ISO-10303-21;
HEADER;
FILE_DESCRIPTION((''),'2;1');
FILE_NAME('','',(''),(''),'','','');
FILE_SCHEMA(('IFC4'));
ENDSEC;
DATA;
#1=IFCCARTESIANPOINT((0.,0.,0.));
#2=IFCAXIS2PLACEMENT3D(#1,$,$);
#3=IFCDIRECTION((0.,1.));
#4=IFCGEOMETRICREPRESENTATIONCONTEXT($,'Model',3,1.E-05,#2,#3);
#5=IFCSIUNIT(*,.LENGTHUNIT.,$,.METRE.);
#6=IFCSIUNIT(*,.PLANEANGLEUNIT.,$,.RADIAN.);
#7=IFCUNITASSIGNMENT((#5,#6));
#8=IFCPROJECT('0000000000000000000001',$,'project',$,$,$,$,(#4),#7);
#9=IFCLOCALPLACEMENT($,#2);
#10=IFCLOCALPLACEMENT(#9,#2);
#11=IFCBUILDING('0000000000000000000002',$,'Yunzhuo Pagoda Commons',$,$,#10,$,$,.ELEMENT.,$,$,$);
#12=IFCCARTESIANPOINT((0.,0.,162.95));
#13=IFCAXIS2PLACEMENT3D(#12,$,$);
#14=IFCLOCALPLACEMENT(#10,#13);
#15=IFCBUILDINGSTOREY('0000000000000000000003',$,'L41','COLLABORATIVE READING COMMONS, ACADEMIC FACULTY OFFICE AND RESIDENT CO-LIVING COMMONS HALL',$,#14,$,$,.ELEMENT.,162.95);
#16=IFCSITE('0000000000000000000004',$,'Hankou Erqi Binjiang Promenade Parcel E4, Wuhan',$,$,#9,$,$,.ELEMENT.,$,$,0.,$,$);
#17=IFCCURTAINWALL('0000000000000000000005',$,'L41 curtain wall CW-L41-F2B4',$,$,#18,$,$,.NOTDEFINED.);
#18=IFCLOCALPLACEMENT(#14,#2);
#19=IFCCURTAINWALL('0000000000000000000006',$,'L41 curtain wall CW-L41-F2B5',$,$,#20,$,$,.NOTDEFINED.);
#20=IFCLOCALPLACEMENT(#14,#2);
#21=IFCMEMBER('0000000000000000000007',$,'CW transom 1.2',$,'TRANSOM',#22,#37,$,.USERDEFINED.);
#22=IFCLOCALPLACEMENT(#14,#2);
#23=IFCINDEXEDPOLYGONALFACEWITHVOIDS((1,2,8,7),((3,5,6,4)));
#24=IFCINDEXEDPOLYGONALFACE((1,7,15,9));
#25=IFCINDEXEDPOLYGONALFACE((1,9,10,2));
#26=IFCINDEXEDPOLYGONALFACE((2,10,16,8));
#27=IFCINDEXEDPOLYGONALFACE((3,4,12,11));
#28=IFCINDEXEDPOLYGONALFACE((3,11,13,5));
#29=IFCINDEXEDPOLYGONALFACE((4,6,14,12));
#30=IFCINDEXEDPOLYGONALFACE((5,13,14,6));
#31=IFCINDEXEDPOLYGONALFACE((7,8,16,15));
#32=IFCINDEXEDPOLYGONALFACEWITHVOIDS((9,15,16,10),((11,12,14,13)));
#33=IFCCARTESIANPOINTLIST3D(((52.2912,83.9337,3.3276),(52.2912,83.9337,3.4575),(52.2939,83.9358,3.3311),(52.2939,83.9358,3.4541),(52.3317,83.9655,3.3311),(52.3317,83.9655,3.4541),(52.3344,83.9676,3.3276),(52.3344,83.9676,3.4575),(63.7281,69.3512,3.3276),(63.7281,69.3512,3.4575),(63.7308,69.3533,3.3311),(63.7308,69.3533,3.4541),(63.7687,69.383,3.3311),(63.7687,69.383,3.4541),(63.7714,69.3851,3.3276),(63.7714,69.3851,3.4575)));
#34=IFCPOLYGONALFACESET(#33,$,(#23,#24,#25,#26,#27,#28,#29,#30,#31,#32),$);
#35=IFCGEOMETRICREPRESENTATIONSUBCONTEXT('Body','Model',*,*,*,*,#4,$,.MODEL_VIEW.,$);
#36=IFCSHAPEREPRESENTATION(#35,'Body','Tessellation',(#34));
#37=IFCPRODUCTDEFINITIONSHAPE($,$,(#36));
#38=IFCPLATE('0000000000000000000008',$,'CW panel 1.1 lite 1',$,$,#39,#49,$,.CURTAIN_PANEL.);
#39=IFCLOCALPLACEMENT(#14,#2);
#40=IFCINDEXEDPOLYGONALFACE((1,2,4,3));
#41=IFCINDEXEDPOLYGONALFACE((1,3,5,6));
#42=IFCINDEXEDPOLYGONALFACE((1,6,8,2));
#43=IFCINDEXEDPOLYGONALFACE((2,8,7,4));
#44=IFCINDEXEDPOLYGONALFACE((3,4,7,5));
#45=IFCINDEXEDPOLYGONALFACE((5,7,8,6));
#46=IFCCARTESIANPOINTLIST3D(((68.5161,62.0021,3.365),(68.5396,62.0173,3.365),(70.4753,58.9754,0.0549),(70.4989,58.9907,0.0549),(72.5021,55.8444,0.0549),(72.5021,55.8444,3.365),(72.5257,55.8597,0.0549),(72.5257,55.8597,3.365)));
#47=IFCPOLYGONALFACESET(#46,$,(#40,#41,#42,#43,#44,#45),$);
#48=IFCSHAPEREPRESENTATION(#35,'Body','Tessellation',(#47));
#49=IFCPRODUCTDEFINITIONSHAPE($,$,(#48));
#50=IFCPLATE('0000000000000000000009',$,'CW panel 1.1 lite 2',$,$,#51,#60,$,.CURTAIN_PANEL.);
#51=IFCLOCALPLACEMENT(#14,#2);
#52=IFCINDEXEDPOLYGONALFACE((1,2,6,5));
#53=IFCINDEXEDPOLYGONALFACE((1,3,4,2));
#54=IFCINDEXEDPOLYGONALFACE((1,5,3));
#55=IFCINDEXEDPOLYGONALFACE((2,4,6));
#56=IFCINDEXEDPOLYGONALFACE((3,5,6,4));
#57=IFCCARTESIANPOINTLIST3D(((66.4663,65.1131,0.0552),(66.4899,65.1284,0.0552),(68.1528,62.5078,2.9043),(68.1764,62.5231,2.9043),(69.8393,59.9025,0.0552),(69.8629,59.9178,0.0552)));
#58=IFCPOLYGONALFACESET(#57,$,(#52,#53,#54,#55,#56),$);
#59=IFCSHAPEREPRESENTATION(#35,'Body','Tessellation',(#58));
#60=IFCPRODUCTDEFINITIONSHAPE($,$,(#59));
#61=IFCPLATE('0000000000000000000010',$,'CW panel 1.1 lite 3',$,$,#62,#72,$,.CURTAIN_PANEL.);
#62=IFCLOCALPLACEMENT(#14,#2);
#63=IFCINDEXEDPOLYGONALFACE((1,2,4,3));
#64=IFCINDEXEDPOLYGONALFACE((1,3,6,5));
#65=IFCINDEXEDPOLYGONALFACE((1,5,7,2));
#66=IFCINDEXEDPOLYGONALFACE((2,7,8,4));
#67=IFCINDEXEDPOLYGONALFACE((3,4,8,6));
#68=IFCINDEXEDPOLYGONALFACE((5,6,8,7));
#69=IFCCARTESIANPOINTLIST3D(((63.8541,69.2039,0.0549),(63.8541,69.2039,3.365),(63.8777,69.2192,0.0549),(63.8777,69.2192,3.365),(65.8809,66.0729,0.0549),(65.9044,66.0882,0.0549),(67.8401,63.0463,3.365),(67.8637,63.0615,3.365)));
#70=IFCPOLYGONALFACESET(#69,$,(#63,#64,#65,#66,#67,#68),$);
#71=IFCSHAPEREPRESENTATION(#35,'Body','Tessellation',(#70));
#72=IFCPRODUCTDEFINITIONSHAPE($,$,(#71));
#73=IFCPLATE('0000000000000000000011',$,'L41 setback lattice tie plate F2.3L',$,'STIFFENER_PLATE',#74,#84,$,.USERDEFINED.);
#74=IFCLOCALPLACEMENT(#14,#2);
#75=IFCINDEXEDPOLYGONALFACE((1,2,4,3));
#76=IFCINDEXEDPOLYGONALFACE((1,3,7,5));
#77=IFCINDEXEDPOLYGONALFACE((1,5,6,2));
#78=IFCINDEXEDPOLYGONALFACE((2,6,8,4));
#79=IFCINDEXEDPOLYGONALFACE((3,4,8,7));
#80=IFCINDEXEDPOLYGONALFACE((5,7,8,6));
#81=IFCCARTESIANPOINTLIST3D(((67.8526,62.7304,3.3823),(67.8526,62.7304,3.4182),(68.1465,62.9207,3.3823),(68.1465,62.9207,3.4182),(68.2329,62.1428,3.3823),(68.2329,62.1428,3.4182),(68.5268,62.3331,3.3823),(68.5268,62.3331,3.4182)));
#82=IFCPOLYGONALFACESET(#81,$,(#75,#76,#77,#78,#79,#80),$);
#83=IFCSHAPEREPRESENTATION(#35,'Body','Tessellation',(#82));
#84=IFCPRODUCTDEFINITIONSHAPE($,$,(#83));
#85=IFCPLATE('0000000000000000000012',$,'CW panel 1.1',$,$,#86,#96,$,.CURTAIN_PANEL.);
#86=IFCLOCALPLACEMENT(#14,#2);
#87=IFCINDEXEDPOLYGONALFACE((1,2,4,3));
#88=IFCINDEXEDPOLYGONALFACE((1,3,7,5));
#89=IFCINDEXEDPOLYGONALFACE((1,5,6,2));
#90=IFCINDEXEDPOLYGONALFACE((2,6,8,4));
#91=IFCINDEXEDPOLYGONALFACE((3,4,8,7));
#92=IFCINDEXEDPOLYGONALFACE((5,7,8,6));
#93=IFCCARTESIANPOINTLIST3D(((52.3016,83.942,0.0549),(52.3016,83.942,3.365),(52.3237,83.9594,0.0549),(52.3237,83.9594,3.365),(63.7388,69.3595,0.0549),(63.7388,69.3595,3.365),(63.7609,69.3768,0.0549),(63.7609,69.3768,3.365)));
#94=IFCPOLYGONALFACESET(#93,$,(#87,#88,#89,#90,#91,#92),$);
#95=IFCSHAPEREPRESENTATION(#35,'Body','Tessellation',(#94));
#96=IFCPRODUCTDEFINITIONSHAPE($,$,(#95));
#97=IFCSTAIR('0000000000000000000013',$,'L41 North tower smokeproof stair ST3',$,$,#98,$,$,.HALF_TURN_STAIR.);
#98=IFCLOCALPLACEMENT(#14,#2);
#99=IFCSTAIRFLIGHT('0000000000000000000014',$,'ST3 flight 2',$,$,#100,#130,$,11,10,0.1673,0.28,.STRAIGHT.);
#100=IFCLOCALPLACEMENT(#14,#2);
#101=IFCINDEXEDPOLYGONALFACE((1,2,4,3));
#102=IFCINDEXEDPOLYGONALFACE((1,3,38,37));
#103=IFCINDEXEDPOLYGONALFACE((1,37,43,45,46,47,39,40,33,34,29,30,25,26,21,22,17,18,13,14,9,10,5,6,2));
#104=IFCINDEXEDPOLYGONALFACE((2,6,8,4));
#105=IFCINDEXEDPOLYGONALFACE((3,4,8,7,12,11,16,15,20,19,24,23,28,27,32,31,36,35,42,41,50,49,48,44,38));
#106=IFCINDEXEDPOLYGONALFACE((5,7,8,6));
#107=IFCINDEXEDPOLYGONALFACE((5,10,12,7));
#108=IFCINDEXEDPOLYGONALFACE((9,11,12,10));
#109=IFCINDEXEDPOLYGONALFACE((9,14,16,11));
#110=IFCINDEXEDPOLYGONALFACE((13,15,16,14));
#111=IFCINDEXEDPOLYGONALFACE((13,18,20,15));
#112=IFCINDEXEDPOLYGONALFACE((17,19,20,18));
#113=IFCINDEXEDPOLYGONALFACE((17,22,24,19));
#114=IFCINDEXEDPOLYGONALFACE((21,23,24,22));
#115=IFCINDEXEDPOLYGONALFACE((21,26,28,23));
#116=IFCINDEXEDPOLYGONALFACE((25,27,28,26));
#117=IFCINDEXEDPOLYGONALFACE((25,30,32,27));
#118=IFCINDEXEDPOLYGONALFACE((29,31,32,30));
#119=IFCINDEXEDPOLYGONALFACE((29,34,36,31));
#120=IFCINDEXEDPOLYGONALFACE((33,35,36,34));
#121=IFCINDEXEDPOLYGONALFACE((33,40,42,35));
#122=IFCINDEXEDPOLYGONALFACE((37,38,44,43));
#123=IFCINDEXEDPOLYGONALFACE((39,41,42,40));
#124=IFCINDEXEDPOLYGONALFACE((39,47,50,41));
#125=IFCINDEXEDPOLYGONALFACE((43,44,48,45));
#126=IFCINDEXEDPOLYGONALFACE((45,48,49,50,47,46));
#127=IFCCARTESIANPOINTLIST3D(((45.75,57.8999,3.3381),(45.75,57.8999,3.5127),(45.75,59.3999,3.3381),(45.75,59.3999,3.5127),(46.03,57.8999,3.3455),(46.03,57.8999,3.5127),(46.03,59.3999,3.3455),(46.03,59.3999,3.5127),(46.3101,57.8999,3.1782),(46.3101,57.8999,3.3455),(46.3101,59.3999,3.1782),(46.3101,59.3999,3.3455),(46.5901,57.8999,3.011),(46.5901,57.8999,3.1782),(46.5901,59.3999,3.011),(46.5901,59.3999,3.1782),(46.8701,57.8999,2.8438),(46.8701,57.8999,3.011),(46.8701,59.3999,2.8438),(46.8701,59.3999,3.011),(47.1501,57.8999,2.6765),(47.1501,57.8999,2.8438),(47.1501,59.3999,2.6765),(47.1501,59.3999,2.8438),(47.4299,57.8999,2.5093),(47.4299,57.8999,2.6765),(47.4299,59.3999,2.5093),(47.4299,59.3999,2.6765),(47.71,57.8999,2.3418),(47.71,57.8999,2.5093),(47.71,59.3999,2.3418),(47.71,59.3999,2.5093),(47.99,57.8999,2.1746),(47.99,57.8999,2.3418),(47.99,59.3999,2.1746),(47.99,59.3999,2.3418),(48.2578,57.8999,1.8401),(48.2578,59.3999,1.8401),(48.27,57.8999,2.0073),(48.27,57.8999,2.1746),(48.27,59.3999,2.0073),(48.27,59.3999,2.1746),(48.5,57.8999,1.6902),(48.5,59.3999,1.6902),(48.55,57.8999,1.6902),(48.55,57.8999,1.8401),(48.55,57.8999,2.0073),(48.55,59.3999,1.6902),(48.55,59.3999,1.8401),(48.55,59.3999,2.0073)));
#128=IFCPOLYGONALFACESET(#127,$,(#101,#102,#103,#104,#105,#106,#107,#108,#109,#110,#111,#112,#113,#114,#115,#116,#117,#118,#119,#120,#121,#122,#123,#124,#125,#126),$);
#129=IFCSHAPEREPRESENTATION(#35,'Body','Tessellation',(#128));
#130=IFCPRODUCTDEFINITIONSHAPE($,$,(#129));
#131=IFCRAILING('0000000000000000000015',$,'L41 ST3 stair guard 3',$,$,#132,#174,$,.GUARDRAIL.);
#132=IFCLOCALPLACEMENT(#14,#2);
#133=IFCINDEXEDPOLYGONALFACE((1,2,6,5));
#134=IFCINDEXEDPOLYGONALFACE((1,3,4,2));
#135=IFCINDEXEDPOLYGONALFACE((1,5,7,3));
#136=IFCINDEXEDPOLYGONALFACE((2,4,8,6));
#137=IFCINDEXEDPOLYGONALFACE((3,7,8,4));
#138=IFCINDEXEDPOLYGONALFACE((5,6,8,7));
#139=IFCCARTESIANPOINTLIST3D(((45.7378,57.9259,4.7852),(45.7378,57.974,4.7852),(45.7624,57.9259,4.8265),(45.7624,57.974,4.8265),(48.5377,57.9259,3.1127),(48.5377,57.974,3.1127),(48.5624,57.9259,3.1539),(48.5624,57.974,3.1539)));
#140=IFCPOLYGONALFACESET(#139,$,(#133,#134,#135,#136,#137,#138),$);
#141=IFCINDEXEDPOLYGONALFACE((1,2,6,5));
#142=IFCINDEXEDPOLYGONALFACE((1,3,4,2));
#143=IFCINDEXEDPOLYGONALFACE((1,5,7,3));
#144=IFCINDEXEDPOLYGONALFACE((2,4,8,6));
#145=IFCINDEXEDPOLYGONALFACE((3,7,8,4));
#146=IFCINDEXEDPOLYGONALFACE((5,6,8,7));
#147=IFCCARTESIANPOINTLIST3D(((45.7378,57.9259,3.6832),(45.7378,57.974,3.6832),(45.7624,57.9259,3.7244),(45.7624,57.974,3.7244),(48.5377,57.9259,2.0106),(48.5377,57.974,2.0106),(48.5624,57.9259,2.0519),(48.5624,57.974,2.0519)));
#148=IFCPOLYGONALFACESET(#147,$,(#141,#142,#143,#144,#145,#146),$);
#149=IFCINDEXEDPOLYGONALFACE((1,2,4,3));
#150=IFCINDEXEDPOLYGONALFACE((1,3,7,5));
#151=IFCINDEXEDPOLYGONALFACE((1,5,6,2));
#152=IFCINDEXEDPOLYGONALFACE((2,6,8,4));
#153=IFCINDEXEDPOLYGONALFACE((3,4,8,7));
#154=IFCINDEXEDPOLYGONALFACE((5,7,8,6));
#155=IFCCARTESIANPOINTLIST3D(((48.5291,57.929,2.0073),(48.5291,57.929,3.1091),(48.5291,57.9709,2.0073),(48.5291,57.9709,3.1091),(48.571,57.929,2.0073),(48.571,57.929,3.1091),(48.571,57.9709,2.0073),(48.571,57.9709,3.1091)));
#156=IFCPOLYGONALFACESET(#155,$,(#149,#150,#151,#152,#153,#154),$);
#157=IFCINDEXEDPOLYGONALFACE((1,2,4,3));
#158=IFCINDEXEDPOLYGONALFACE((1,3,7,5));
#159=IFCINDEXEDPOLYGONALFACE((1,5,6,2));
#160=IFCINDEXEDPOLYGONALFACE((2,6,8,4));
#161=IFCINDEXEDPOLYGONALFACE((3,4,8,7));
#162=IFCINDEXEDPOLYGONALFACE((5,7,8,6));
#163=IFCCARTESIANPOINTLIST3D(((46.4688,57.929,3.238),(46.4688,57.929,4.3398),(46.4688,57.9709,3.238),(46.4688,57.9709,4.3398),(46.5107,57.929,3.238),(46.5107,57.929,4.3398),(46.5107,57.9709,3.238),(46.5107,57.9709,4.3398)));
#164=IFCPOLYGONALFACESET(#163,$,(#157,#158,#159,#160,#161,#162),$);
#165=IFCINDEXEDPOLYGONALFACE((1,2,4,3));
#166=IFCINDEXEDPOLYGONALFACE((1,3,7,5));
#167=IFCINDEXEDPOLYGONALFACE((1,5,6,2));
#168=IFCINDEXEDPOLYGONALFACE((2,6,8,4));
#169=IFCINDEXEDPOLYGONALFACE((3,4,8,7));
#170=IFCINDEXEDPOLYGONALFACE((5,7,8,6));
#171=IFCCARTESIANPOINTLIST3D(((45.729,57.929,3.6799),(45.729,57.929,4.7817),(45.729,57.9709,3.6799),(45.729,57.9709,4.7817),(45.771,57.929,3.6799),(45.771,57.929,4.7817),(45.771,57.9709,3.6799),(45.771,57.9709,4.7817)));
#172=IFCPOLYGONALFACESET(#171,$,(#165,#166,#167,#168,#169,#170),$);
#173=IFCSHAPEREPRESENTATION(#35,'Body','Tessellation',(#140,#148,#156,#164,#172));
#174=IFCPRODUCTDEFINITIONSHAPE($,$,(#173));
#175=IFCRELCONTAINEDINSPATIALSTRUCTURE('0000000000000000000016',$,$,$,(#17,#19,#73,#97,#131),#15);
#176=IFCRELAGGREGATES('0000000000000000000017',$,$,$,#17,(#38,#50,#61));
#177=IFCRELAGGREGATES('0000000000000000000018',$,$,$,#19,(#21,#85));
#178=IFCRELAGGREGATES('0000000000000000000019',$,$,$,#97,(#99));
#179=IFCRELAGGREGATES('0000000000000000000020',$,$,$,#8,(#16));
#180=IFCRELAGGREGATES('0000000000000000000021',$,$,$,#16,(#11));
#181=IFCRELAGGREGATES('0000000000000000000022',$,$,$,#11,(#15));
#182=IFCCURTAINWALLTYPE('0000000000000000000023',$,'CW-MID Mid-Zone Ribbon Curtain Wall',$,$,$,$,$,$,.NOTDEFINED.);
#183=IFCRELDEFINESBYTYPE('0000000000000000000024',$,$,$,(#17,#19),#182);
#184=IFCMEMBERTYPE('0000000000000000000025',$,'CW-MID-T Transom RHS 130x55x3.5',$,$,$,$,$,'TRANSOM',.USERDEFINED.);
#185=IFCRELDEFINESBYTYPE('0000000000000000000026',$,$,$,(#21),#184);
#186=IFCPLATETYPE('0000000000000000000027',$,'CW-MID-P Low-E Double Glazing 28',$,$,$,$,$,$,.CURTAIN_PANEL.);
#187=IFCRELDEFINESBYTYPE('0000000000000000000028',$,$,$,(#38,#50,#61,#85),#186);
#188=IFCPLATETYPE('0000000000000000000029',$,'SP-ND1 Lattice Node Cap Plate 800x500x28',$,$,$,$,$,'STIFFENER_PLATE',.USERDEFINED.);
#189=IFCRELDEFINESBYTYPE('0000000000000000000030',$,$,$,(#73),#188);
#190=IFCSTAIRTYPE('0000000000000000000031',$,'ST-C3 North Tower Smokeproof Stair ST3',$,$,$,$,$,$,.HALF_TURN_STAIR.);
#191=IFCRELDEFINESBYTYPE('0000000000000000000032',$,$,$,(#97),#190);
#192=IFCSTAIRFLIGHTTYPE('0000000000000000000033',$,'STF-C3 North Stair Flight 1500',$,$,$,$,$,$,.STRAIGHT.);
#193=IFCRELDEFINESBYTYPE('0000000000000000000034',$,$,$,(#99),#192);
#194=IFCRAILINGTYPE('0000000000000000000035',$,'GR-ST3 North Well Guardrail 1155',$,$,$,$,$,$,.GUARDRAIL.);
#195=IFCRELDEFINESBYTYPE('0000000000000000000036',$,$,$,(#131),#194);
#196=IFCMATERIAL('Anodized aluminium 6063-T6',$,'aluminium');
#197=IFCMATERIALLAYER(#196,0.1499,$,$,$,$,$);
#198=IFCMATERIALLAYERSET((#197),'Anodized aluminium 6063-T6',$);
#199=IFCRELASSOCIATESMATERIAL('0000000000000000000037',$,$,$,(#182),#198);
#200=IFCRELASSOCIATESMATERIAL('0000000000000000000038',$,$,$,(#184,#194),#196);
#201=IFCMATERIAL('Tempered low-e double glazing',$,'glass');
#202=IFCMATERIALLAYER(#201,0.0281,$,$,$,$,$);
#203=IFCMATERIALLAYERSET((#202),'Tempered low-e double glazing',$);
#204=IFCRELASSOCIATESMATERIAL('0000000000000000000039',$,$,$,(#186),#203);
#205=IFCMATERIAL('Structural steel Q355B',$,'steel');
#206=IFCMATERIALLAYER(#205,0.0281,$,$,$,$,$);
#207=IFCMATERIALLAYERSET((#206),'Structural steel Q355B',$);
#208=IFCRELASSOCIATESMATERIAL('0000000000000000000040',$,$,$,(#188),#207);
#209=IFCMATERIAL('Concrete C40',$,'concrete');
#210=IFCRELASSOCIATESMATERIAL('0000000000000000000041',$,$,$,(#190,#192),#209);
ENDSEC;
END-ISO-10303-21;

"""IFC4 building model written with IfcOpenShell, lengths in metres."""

from ifc_helpers import new_model, si_unit, direction, frame, origin, origin_2d, place, context, subcontext, project, spatial, polyline, rectangle, hollow_rectangle, outline, extrude, source, transform, mapped, material, layer, layer_set, material_profile, profile_set, type_object, element, aggregate, save


model = new_model("IFC4")

# Units and contexts
model_context = context("Model", 3, precision=1e-05, world=origin(), true_north=direction((0.0, 1.0)))
body_context = subcontext(model_context, "Body", "Model", "MODEL_VIEW")
ifc_project = project(units=[si_unit("LENGTHUNIT", "METRE"), si_unit("PLANEANGLEUNIT", "RADIAN")], contexts=[model_context])

# Site, building, storey
site_placement = place(None, origin())
site = spatial("IfcSite", under=ifc_project, at=site_placement, Name="Hankou Erqi Binjiang Promenade Parcel E4, Wuhan", CompositionType="ELEMENT", RefElevation=0.0)
building_placement = place(site_placement, origin())
building = spatial("IfcBuilding", under=site, at=building_placement, Name="Yunzhuo Pagoda Commons", CompositionType="ELEMENT")
storey_placement = place(building_placement, frame((0.0, 0.0, 162.95)))
storey = spatial("IfcBuildingStorey", under=building, at=storey_placement, Name="L41", Description="COLLABORATIVE READING COMMONS, ACADEMIC FACULTY OFFICE AND RESIDENT CO-LIVING COMMONS HALL", CompositionType="ELEMENT", Elevation=162.95)

# Shared definitions
ifc_material_1 = material(Name="Structural steel Q355B", Category="steel")

# Curtain wall
ifc_material_2 = material(Name="Anodized aluminium 6063-T6", Category="aluminium")
ifc_layer_1 = layer(ifc_material_2, 0.1499)
ifc_layer_set_1 = layer_set([ifc_layer_1], Name="Anodized aluminium 6063-T6")
curtain_wall_type = type_object("IfcCurtainWallType", Name="CW-MID Mid-Zone Ribbon Curtain Wall", PredefinedType="NOTDEFINED", material=ifc_layer_set_1)
curtain_wall_1_placement = place(storey_placement, origin())
curtain_wall_1 = element("IfcCurtainWall", 1, at=curtain_wall_1_placement, inside=storey, type_object=curtain_wall_type, Name="L41 curtain wall CW-L41-F2B4", PredefinedType="NOTDEFINED")

# Curtain wall, member
curtain_wall_2_placement = place(storey_placement, origin())
curtain_wall_2 = element("IfcCurtainWall", 2, at=curtain_wall_2_placement, inside=storey, type_object=curtain_wall_type, Name="L41 curtain wall CW-L41-F2B5", PredefinedType="NOTDEFINED")
ifc_material_profile_1 = material_profile(ifc_material_2, hollow_rectangle(XDim=0.0549, YDim=0.1299, WallThickness=0.0034, at=origin_2d()), Name="Anodized aluminium 6063-T6")
ifc_profile_set_1 = profile_set([ifc_material_profile_1], Name="Anodized aluminium 6063-T6")
member_type_1 = type_object("IfcMemberType", Name="CW-MID-T Transom RHS 130x55x3.5", ElementType="TRANSOM", PredefinedType="USERDEFINED", material=ifc_profile_set_1)
shared_shape_1 = source(origin(), body_context, "Body", "SweptSolid", [
    extrude(hollow_rectangle(XDim=0.0549, YDim=0.1299, WallThickness=0.0034, at=origin_2d()), origin(), (0.0, 0.0, 1.0), 18.5325),
])
member_1_placement = place(storey_placement, frame((63.7498, 69.3682, 3.3926), z_axis=(-0.617131, 0.78686, 0.0), x_axis=(-0.78686, -0.617131, 0.0)))
member_1 = element("IfcMember", 3, at=member_1_placement, type_object=member_type_1, Name="CW transom 1.2", ObjectType="TRANSOM", PredefinedType="USERDEFINED", context=body_context, shape_type="MappedRepresentation", body=[
    mapped(shared_shape_1, transform((0.0, 0.0, 0.0), scale=1.0)),
])

# Plates
ifc_material_3 = material(Name="Tempered low-e double glazing", Category="glass")
ifc_layer_2 = layer(ifc_material_3, 0.0281)
ifc_layer_set_2 = layer_set([ifc_layer_2], Name="Tempered low-e double glazing")
plate_type_1 = type_object("IfcPlateType", Name="CW-MID-P Low-E Double Glazing 28", PredefinedType="CURTAIN_PANEL", material=ifc_layer_set_2)
plate_1_placement = place(storey_placement, frame((70.509, 58.9233, 1.71), z_axis=(0.839466, 0.543412, 0.0), x_axis=(-0.543412, 0.839466, 0.0)))
plate_1 = element("IfcPlate", 4, at=plate_1_placement, type_object=plate_type_1, Name="CW panel 1.1 lite 1", PredefinedType="CURTAIN_PANEL", context=body_context, shape_type="SweptSolid", body=[
    extrude(outline(polyline([(-3.6677, -1.655), (0.062, -1.655), (3.6675, 1.655), (-3.6677, 1.655), (-3.6677, -1.655)])), origin(), (0.0, 0.0, 1.0), 0.0281),
])
plate_2_placement = place(storey_placement, frame((68.1528, 62.5078, 1.4797), z_axis=(0.839466, 0.543412, 0.0), x_axis=(-0.543412, 0.839466, 0.0)))
plate_2 = element("IfcPlate", 5, at=plate_2_placement, type_object=plate_type_1, Name="CW panel 1.1 lite 2", PredefinedType="CURTAIN_PANEL", context=body_context, shape_type="SweptSolid", body=[
    extrude(outline(polyline([(-3.1035, -1.4246), (3.1035, -1.4246), (0.0, 1.4246), (-3.1035, -1.4246)])), origin(), (0.0, 0.0, 1.0), 0.0281),
])
plate_3_placement = place(storey_placement, frame((65.8472, 66.125, 1.71), z_axis=(0.839466, 0.543412, 0.0), x_axis=(-0.543412, 0.839466, 0.0)))
plate_3 = element("IfcPlate", 6, at=plate_3_placement, type_object=plate_type_1, Name="CW panel 1.1 lite 3", PredefinedType="CURTAIN_PANEL", context=body_context, shape_type="SweptSolid", body=[
    extrude(outline(polyline([(-3.6675, 1.655), (-0.062, -1.655), (3.6677, -1.655), (3.6677, 1.655), (-3.6675, 1.655)])), origin(), (0.0, 0.0, 1.0), 0.0281),
])
aggregate(curtain_wall_1, [plate_1, plate_2, plate_3])
ifc_layer_3 = layer(ifc_material_1, 0.0281)
ifc_layer_set_3 = layer_set([ifc_layer_3], Name="Structural steel Q355B")
plate_type_2 = type_object("IfcPlateType", Name="SP-ND1 Lattice Node Cap Plate 800x500x28", ElementType="STIFFENER_PLATE", PredefinedType="USERDEFINED", material=ifc_layer_set_3)
shared_shape_2 = source(origin(), body_context, "Body", "SweptSolid", [
    extrude(rectangle(XDim=0.7, YDim=0.3501, at=origin_2d()), origin(), (0.0, 0.0, 1.0), 0.0359),
])
plate_4_placement = place(storey_placement, frame((68.1897, 62.5317, 3.3823), z_axis=(0.0, 0.0, 1.0), x_axis=(-0.543409, 0.839468, 0.0)))
element("IfcPlate", 7, at=plate_4_placement, inside=storey, type_object=plate_type_2, Name="L41 setback lattice tie plate F2.3L", ObjectType="STIFFENER_PLATE", PredefinedType="USERDEFINED", context=body_context, shape_type="MappedRepresentation", body=[
    mapped(shared_shape_2, transform((0.0, 0.0, 0.0), scale=1.0)),
])
shared_shape_3 = source(origin(), body_context, "Body", "SweptSolid", [
    extrude(rectangle(XDim=18.5327, YDim=0.0281, at=origin_2d()), origin(), (0.0, 0.0, 1.0), 3.3101),
])
plate_5_placement = place(storey_placement, frame((58.0312, 76.6594, 0.0549), z_axis=(0.0, 0.0, 1.0), x_axis=(-0.617138, 0.786855, 0.0)))
plate_5 = element("IfcPlate", 8, at=plate_5_placement, type_object=plate_type_1, Name="CW panel 1.1", PredefinedType="CURTAIN_PANEL", context=body_context, shape_type="MappedRepresentation", body=[
    mapped(shared_shape_3, transform((0.0, 0.0, 0.0), scale=1.0)),
])
aggregate(curtain_wall_2, [member_1, plate_5])

# Stair, stair flight
ifc_material_4 = material(Name="Concrete C40", Category="concrete")
stair_type = type_object("IfcStairType", Name="ST-C3 North Tower Smokeproof Stair ST3", PredefinedType="HALF_TURN_STAIR", material=ifc_material_4)
stair_placement = place(storey_placement, origin())
stair = element("IfcStair", 9, at=stair_placement, inside=storey, type_object=stair_type, Name="L41 North tower smokeproof stair ST3", PredefinedType="HALF_TURN_STAIR")
stair_flight_type = type_object("IfcStairFlightType", Name="STF-C3 North Stair Flight 1500", PredefinedType="STRAIGHT", material=ifc_material_4)
shared_shape_4 = source(origin(), body_context, "Body", "SweptSolid", [
    extrude(outline(polyline([(0.0, -0.1499), (0.0, 0.0), (0.0, 0.1672), (0.28, 0.1672), (0.28, 0.3345), (0.5601, 0.3345), (0.5601, 0.5017), (0.8401, 0.5017), (0.8401, 0.6692), (1.1201, 0.6692), (1.1201, 0.8364), (1.3999, 0.8364), (1.3999, 1.0037), (1.6799, 1.0037), (1.6799, 1.1709), (1.96, 1.1709), (1.96, 1.3381), (2.24, 1.3381), (2.24, 1.5054), (2.52, 1.5054), (2.52, 1.6726), (2.8, 1.6726), (2.8, 1.8401), (2.8, 1.498), (0.2922, 0.0), (0.05, -0.1499), (0.0, -0.1499)])), frame((0.0, 0.75, 0.0), z_axis=(0.0, -1.0, 0.0), x_axis=(1.0, 0.0, 0.0)), (0.0, 0.0, 1.0), 1.5),
])
stair_flight_placement = place(storey_placement, frame((48.55, 58.6499, 1.8401), z_axis=(0.0, 0.0, 1.0), x_axis=(-1.0, 0.0, 0.0)))
stair_flight = element("IfcStairFlight", 10, at=stair_flight_placement, type_object=stair_flight_type, Name="ST3 flight 2", NumberOfRisers=11, NumberOfTreads=10, PredefinedType="STRAIGHT", RiserHeight=0.1673, TreadLength=0.28, context=body_context, shape_type="MappedRepresentation", body=[
    mapped(shared_shape_4, transform((0.0, 0.0, 0.0), scale=1.0)),
])
aggregate(stair, [stair_flight])

# Railing
railing_type_1 = type_object("IfcRailingType", Name="GR-ST3 North Well Guardrail 1155", PredefinedType="GUARDRAIL", material=ifc_material_2)
railing_1_placement = place(storey_placement, frame((48.55, 57.95, 2.0073)))
element("IfcRailing", 11, at=railing_1_placement, inside=storey, type_object=railing_type_1, Name="L41 ST3 stair guard 3", PredefinedType="GUARDRAIL", context=body_context, shape_type="SweptSolid", body=[
    extrude(rectangle(XDim=0.0481, YDim=0.0481, at=origin_2d()), frame((0.0, 0.0, 1.126), z_axis=(-0.858495, 0.0, 0.512822), x_axis=(0.0, -1.0, 0.0)), (0.0, 0.0, 1.0), 3.2615),
    extrude(rectangle(XDim=0.0481, YDim=0.0481, at=origin_2d()), frame((0.0, 0.0, 0.0239), z_axis=(-0.858495, 0.0, 0.512822), x_axis=(0.0, -1.0, 0.0)), (0.0, 0.0, 1.0), 3.2615),
    extrude(rectangle(XDim=0.042, YDim=0.042, at=origin_2d()), origin(), (0.0, 0.0, 1.0), 1.1018),
    extrude(rectangle(XDim=0.042, YDim=0.042, at=origin_2d()), frame((-2.0603, 0.0, 1.2307)), (0.0, 0.0, 1.0), 1.1018),
    extrude(rectangle(XDim=0.042, YDim=0.042, at=origin_2d()), frame((-2.8, 0.0, 1.6726)), (0.0, 0.0, 1.0), 1.1018),
])

save(model, "model.ifc")
